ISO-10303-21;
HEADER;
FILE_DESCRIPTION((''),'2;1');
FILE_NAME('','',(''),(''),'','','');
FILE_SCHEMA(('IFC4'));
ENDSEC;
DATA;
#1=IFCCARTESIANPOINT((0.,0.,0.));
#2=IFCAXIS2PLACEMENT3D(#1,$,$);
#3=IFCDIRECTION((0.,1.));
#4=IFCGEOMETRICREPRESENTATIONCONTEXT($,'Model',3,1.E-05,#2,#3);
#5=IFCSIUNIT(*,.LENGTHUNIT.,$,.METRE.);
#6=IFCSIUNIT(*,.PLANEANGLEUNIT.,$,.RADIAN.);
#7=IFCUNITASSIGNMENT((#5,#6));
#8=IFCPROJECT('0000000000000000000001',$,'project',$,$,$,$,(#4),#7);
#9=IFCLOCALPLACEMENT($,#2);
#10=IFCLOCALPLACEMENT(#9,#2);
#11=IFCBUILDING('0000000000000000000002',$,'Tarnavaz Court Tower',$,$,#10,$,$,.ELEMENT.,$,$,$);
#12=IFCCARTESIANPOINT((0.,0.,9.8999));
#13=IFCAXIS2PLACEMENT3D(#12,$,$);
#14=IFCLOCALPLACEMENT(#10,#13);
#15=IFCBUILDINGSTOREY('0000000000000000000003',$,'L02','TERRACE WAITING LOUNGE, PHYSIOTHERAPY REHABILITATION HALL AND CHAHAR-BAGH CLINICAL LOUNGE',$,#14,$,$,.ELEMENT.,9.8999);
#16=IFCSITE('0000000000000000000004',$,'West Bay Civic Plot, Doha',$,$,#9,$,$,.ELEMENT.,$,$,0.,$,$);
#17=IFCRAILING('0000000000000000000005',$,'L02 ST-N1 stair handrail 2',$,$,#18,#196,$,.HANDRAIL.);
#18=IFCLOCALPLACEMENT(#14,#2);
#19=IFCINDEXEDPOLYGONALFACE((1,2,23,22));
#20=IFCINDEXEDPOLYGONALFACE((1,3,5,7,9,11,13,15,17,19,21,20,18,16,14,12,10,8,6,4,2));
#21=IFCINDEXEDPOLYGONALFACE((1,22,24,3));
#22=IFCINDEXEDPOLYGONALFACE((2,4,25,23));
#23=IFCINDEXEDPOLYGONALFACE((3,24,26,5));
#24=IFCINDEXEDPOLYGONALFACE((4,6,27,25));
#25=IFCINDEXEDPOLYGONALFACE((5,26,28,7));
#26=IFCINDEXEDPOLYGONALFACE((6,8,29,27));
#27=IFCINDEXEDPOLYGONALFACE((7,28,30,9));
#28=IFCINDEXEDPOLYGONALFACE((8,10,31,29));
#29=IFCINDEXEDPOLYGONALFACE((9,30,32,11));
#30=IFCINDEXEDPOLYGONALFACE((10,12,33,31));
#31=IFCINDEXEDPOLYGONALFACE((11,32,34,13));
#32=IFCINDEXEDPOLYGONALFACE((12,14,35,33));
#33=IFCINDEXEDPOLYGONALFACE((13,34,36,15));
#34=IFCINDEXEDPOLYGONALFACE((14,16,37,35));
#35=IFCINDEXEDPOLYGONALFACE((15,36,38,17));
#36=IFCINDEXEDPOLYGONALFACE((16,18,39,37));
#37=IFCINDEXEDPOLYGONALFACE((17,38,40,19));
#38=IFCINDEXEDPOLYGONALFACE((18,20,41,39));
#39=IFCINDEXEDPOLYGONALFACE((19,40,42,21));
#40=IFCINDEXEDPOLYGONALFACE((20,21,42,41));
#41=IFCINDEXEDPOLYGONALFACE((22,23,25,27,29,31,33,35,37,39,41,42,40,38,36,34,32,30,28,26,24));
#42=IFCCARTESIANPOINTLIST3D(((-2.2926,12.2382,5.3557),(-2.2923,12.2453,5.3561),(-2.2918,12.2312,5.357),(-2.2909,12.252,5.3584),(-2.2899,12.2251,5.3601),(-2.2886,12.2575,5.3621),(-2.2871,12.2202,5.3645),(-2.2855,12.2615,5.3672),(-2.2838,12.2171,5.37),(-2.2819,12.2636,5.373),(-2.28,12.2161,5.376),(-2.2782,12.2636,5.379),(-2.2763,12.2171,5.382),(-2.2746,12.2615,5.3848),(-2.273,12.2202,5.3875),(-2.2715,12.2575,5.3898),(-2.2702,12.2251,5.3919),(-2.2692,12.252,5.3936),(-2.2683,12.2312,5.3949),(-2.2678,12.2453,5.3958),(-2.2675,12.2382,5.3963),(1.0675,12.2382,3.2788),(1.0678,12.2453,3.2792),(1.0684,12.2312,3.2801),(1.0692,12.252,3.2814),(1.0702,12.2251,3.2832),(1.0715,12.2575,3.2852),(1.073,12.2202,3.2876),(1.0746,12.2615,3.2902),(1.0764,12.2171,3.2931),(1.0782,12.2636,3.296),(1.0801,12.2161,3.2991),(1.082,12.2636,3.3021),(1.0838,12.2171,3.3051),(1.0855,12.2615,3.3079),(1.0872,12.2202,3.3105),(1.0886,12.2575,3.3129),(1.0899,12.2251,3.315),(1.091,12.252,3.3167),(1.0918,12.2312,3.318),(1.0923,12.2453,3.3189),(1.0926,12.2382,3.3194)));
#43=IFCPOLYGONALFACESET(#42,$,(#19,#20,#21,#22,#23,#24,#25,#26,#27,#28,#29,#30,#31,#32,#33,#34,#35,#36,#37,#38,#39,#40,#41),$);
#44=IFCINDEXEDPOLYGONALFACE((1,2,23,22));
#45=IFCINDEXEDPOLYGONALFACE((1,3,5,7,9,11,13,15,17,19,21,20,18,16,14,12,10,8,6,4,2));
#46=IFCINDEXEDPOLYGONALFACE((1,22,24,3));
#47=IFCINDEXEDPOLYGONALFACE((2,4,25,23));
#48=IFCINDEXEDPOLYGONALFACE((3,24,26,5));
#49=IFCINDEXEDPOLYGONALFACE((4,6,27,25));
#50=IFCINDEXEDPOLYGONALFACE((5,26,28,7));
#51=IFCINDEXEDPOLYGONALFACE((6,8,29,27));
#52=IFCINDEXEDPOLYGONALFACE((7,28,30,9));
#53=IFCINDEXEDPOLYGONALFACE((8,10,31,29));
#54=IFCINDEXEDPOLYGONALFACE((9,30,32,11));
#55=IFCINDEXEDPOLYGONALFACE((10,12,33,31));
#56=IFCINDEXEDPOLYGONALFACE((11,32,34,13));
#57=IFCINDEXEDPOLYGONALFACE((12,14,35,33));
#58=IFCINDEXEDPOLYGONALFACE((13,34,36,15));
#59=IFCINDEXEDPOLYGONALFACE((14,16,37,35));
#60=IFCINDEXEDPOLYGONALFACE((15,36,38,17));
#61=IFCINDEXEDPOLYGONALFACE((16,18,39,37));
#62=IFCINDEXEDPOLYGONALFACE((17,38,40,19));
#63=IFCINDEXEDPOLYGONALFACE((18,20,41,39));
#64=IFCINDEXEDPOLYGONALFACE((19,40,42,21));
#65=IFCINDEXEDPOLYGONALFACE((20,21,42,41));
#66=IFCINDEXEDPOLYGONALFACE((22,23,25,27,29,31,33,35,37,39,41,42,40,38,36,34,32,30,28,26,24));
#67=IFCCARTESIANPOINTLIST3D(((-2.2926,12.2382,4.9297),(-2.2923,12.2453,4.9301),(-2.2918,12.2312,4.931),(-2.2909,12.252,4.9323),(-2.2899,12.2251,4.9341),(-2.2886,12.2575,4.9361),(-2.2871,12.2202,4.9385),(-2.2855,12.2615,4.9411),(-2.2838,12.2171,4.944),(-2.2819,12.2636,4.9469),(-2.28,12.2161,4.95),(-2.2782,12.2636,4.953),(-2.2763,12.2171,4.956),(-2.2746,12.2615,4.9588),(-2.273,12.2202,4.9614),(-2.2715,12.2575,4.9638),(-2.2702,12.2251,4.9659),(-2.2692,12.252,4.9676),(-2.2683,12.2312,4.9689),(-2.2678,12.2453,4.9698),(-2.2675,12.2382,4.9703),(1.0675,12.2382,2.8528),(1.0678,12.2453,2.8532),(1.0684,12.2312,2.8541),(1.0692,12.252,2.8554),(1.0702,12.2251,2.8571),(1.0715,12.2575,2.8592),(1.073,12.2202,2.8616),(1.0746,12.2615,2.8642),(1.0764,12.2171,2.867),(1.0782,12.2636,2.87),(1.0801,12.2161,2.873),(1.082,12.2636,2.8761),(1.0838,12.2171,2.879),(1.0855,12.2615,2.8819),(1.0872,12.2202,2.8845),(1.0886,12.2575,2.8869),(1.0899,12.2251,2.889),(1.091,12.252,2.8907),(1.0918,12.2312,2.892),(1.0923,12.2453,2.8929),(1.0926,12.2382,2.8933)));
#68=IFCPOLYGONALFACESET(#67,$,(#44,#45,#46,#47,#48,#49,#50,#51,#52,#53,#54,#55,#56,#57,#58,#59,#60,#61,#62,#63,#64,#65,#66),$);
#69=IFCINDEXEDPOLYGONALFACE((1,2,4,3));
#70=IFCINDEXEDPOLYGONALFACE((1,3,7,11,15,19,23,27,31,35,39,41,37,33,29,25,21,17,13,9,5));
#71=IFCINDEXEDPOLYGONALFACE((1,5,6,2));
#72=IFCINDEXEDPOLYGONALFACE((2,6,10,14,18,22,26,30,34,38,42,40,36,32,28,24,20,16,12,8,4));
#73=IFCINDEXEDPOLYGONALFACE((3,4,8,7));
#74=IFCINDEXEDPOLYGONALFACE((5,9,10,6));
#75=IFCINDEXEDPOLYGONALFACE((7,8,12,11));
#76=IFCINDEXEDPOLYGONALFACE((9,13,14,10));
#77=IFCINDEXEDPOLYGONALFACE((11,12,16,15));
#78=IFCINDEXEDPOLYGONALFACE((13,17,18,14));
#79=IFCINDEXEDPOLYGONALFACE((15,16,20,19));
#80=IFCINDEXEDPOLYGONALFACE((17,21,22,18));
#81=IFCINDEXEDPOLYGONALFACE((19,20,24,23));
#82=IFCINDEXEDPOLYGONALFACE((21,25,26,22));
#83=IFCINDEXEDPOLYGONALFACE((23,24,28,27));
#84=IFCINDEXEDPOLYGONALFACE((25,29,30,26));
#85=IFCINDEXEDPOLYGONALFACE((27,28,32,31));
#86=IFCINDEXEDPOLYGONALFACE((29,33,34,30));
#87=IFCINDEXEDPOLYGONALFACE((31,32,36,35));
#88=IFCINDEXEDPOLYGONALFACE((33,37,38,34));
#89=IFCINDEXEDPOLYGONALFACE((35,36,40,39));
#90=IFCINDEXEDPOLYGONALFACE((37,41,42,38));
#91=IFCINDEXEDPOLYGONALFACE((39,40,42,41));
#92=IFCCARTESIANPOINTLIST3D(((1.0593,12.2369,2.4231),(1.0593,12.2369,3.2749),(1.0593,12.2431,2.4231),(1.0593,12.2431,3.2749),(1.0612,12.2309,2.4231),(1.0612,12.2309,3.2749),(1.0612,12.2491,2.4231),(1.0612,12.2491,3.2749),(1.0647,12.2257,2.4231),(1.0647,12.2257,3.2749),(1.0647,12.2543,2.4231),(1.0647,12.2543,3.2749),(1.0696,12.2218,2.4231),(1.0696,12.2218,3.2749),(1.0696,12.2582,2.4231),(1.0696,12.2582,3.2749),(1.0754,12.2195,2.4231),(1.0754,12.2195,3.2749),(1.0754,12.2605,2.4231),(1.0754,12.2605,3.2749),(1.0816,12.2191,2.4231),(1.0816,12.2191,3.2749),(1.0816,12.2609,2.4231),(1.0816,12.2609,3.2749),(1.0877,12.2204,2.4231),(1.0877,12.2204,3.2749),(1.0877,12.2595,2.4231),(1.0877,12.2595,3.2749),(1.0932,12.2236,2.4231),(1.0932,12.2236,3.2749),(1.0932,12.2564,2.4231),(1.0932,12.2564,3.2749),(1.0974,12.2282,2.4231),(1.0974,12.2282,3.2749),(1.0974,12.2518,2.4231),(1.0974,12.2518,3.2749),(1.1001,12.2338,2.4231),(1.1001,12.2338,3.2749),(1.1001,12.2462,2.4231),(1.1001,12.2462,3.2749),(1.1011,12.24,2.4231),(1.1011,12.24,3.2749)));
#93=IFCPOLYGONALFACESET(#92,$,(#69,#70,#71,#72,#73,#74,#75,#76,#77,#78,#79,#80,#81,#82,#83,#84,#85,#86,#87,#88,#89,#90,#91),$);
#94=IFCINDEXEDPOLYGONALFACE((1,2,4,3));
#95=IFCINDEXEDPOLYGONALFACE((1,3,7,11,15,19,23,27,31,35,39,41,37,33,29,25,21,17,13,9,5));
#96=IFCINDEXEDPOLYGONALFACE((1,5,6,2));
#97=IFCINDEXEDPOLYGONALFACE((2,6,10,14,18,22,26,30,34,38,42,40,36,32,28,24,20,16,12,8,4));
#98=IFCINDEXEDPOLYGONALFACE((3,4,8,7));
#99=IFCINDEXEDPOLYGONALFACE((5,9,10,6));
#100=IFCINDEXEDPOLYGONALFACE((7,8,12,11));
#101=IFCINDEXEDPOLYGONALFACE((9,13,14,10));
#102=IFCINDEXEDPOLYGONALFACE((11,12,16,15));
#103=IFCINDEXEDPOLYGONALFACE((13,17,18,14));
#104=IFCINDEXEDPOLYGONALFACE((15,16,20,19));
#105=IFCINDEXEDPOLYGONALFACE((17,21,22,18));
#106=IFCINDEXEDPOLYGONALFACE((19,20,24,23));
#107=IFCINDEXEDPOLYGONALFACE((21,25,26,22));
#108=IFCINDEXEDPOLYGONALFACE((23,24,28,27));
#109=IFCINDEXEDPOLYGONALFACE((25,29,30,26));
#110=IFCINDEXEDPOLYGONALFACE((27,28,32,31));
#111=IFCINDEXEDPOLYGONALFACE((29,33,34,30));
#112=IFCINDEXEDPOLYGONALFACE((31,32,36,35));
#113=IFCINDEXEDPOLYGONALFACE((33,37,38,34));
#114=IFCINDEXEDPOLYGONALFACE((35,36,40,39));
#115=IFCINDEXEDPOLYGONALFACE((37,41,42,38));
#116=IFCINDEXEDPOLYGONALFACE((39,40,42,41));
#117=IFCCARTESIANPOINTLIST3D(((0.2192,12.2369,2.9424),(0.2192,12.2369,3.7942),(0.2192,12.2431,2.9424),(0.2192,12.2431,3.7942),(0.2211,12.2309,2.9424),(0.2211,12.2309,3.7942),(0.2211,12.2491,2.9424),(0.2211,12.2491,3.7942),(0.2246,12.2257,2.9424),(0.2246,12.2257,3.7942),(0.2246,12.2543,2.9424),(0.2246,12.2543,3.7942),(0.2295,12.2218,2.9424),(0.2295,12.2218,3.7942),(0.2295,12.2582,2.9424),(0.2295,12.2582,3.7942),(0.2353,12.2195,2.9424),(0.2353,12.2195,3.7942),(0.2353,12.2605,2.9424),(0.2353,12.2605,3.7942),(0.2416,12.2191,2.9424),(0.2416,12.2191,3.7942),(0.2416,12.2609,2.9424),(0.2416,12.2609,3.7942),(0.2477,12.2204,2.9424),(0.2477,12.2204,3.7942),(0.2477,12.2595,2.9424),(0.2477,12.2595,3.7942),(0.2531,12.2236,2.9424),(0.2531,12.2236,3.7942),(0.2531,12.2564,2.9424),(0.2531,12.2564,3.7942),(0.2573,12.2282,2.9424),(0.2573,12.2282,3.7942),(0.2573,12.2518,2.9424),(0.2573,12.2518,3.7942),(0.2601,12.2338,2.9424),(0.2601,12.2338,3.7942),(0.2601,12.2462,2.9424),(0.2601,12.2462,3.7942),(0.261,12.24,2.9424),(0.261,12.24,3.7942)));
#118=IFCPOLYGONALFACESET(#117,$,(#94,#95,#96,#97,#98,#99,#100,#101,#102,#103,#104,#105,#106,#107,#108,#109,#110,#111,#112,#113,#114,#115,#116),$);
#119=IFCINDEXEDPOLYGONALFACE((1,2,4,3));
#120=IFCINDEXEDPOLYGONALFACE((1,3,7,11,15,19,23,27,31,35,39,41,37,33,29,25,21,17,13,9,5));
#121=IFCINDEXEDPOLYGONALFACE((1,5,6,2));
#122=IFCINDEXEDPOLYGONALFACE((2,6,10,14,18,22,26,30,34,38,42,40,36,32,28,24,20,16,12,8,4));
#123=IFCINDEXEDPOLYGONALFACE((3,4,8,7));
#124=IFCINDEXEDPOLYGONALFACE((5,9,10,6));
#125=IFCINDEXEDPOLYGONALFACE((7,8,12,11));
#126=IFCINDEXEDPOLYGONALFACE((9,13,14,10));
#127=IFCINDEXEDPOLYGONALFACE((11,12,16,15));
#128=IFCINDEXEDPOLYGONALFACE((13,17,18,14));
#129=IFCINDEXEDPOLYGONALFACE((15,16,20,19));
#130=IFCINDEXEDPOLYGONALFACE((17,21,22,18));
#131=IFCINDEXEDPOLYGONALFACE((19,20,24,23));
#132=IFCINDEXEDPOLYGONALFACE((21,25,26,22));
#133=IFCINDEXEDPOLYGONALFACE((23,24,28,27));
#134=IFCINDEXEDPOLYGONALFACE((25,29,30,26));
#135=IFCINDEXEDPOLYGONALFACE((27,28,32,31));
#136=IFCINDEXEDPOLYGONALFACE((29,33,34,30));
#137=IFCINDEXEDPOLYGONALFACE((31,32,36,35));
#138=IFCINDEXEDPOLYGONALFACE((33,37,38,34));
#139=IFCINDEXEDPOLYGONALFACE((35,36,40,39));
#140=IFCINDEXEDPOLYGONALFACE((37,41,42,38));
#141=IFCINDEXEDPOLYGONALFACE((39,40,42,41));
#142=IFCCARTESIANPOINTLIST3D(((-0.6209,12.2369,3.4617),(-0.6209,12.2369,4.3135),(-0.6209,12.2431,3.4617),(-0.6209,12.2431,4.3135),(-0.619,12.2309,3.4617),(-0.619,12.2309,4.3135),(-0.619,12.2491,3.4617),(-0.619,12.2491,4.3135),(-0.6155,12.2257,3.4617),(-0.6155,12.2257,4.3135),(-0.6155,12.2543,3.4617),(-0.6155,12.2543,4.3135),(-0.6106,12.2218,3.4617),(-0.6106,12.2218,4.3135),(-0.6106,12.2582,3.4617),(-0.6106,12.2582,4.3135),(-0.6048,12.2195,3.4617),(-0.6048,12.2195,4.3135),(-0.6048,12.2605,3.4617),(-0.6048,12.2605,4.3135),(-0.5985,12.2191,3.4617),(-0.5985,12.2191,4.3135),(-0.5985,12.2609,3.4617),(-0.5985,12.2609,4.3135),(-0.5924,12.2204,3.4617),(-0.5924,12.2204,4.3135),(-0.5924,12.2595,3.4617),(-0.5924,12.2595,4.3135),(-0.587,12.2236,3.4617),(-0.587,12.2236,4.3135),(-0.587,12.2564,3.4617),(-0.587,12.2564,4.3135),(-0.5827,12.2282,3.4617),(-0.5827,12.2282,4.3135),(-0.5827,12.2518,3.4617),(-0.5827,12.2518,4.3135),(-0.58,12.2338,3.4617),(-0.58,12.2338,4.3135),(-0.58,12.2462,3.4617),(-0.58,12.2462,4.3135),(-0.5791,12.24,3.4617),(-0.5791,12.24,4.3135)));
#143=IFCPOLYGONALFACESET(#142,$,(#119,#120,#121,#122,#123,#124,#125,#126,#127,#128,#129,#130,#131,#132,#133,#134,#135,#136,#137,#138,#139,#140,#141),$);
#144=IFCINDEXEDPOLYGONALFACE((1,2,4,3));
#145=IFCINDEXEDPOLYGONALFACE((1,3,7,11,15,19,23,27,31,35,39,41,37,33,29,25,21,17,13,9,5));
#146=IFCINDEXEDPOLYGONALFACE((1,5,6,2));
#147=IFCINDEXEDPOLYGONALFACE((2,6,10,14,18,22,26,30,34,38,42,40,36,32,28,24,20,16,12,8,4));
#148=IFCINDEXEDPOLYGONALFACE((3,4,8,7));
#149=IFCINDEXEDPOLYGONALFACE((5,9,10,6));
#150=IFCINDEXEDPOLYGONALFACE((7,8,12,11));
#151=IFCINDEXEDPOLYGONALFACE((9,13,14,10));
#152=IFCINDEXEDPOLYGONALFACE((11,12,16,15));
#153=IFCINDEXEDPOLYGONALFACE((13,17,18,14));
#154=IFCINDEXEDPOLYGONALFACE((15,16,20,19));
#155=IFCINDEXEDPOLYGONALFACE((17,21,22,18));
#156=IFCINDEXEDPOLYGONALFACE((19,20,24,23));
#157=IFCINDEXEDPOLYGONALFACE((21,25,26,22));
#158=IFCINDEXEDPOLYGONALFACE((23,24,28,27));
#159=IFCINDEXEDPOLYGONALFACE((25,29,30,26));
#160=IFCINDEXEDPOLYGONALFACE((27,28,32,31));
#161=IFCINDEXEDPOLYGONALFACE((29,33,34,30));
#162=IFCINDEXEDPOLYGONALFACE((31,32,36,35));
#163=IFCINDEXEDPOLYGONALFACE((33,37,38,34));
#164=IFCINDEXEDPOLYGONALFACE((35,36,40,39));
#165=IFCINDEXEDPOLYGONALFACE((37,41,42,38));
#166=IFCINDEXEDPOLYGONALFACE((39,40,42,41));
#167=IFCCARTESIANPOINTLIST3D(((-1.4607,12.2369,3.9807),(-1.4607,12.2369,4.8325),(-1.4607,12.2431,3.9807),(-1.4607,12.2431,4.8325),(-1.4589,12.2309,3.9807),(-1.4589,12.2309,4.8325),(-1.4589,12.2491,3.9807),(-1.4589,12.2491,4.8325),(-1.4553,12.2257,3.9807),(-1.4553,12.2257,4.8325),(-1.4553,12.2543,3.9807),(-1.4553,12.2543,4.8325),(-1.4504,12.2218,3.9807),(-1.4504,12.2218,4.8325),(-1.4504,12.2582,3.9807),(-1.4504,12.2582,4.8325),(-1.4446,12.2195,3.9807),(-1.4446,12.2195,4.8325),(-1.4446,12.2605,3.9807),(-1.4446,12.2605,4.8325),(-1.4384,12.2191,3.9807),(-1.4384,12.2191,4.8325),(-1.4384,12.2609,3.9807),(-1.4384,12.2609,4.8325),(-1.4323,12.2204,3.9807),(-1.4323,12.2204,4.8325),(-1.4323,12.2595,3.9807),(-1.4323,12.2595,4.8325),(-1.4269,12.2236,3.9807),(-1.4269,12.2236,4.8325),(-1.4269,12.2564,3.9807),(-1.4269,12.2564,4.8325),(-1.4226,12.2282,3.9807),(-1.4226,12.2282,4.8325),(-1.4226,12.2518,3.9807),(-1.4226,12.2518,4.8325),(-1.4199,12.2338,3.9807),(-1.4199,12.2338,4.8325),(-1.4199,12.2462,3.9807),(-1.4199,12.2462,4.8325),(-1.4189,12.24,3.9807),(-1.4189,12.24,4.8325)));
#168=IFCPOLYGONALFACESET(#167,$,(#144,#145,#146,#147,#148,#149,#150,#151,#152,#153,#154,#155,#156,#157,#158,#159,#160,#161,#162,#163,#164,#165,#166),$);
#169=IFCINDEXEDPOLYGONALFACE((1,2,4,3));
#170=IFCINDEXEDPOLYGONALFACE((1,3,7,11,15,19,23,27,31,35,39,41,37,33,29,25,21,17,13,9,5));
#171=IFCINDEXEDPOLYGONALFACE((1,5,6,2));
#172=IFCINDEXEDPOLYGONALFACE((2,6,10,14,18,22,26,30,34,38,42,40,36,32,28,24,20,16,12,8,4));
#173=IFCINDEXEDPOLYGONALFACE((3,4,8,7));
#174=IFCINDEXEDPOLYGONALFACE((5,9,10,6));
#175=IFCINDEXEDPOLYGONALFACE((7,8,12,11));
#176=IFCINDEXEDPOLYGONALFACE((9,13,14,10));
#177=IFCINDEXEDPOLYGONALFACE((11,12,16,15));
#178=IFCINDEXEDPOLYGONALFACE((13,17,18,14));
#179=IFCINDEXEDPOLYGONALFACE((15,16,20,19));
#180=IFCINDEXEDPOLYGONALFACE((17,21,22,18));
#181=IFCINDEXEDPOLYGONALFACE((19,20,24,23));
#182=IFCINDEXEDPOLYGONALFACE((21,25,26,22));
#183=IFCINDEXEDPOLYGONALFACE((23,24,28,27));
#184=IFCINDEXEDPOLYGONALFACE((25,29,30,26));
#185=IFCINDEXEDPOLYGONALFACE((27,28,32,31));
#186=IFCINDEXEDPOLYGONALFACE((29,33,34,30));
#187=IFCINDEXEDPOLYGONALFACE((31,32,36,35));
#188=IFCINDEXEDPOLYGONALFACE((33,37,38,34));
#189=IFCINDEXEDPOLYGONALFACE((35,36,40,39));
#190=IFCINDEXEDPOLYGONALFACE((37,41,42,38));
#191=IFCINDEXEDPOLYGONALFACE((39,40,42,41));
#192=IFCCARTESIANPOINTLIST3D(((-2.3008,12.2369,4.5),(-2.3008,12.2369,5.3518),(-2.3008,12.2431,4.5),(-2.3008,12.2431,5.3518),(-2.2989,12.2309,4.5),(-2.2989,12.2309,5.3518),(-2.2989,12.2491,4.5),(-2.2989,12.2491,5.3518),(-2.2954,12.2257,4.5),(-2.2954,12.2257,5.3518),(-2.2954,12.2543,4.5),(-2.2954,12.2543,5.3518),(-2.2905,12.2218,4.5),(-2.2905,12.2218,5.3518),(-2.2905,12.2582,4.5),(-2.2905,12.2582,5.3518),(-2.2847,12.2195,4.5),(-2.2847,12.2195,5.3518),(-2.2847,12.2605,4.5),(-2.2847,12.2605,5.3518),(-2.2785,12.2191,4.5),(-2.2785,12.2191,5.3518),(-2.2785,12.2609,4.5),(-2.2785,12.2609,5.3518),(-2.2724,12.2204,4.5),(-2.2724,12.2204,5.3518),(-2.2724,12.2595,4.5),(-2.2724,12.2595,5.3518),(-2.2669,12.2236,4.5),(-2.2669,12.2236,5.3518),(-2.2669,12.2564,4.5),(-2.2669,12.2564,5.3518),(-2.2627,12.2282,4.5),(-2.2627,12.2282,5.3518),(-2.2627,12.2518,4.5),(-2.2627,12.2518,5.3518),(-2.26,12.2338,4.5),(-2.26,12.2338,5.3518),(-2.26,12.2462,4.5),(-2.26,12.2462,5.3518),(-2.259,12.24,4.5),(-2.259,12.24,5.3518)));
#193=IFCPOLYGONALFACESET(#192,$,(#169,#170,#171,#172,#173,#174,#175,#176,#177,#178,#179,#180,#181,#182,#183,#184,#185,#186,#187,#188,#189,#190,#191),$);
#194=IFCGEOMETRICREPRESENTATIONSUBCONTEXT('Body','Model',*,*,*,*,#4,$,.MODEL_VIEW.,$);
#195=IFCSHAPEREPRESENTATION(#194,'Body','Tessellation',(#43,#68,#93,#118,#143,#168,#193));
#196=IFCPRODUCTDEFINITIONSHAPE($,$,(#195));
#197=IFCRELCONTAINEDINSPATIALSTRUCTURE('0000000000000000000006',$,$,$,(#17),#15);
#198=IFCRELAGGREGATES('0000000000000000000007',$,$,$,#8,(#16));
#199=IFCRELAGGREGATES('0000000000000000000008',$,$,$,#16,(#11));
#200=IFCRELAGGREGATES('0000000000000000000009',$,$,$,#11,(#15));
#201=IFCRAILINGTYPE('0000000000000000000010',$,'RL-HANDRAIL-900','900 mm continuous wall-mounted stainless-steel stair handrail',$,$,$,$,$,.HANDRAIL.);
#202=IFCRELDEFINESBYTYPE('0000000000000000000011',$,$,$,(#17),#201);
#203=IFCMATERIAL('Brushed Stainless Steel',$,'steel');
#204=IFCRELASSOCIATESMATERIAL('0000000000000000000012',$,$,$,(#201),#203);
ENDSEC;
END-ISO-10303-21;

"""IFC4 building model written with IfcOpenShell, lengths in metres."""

from ifc_helpers import new_model, si_unit, direction, frame, origin, origin_2d, place, context, subcontext, project, spatial, circle, extrude, material, type_object, element, save


model = new_model("IFC4")

# Units and contexts
model_context = context("Model", 3, precision=1e-05, world=origin(), true_north=direction((0.0, 1.0)))
body_context = subcontext(model_context, "Body", "Model", "MODEL_VIEW")
ifc_project = project(units=[si_unit("LENGTHUNIT", "METRE"), si_unit("PLANEANGLEUNIT", "RADIAN")], contexts=[model_context])

# Site, building, storey
site_placement = place(None, origin())
site = spatial("IfcSite", under=ifc_project, at=site_placement, Name="West Bay Civic Plot, Doha", CompositionType="ELEMENT", RefElevation=0.0)
building_placement = place(site_placement, origin())
building = spatial("IfcBuilding", under=site, at=building_placement, Name="Tarnavaz Court Tower", CompositionType="ELEMENT")
storey_placement = place(building_placement, frame((0.0, 0.0, 9.8999)))
storey = spatial("IfcBuildingStorey", under=building, at=storey_placement, Name="L02", Description="TERRACE WAITING LOUNGE, PHYSIOTHERAPY REHABILITATION HALL AND CHAHAR-BAGH CLINICAL LOUNGE", CompositionType="ELEMENT", Elevation=9.8999)

# Railing
ifc_material_1 = material(Name="Brushed Stainless Steel", Category="steel")
railing_type_1 = type_object("IfcRailingType", Name="RL-HANDRAIL-900", Description="900 mm continuous wall-mounted stainless-steel stair handrail", PredefinedType="HANDRAIL", material=ifc_material_1)
railing_1_placement = place(storey_placement, frame((1.0801, 12.24, 2.4231)))
element("IfcRailing", 1, at=railing_1_placement, inside=storey, type_object=railing_type_1, Name="L02 ST-N1 stair handrail 2", PredefinedType="HANDRAIL", context=body_context, shape_type="SweptSolid", body=[
    extrude(circle(Radius=0.0239, at=origin_2d()), frame((0.0, 0.0, 0.876), z_axis=(-0.850623, 0.0, 0.525776), x_axis=(0.0, -1.0, 0.0)), (0.0, 0.0, 1.0), 3.9502),
    extrude(circle(Radius=0.0239, at=origin_2d()), frame((0.0, 0.0, 0.45), z_axis=(-0.850623, 0.0, 0.525776), x_axis=(0.0, -1.0, 0.0)), (0.0, 0.0, 1.0), 3.9502),
    extrude(circle(Radius=0.021, at=origin_2d()), origin(), (0.0, 0.0, 1.0), 0.8518),
    extrude(circle(Radius=0.021, at=origin_2d()), frame((-0.8401, 0.0, 0.5193)), (0.0, 0.0, 1.0), 0.8518),
    extrude(circle(Radius=0.021, at=origin_2d()), frame((-1.6802, 0.0, 1.0386)), (0.0, 0.0, 1.0), 0.8518),
    extrude(circle(Radius=0.021, at=origin_2d()), frame((-2.52, 0.0, 1.5576)), (0.0, 0.0, 1.0), 0.8518),
    extrude(circle(Radius=0.021, at=origin_2d()), frame((-3.3601, 0.0, 2.0769)), (0.0, 0.0, 1.0), 0.8518),
])

save(model, "model.ifc")
